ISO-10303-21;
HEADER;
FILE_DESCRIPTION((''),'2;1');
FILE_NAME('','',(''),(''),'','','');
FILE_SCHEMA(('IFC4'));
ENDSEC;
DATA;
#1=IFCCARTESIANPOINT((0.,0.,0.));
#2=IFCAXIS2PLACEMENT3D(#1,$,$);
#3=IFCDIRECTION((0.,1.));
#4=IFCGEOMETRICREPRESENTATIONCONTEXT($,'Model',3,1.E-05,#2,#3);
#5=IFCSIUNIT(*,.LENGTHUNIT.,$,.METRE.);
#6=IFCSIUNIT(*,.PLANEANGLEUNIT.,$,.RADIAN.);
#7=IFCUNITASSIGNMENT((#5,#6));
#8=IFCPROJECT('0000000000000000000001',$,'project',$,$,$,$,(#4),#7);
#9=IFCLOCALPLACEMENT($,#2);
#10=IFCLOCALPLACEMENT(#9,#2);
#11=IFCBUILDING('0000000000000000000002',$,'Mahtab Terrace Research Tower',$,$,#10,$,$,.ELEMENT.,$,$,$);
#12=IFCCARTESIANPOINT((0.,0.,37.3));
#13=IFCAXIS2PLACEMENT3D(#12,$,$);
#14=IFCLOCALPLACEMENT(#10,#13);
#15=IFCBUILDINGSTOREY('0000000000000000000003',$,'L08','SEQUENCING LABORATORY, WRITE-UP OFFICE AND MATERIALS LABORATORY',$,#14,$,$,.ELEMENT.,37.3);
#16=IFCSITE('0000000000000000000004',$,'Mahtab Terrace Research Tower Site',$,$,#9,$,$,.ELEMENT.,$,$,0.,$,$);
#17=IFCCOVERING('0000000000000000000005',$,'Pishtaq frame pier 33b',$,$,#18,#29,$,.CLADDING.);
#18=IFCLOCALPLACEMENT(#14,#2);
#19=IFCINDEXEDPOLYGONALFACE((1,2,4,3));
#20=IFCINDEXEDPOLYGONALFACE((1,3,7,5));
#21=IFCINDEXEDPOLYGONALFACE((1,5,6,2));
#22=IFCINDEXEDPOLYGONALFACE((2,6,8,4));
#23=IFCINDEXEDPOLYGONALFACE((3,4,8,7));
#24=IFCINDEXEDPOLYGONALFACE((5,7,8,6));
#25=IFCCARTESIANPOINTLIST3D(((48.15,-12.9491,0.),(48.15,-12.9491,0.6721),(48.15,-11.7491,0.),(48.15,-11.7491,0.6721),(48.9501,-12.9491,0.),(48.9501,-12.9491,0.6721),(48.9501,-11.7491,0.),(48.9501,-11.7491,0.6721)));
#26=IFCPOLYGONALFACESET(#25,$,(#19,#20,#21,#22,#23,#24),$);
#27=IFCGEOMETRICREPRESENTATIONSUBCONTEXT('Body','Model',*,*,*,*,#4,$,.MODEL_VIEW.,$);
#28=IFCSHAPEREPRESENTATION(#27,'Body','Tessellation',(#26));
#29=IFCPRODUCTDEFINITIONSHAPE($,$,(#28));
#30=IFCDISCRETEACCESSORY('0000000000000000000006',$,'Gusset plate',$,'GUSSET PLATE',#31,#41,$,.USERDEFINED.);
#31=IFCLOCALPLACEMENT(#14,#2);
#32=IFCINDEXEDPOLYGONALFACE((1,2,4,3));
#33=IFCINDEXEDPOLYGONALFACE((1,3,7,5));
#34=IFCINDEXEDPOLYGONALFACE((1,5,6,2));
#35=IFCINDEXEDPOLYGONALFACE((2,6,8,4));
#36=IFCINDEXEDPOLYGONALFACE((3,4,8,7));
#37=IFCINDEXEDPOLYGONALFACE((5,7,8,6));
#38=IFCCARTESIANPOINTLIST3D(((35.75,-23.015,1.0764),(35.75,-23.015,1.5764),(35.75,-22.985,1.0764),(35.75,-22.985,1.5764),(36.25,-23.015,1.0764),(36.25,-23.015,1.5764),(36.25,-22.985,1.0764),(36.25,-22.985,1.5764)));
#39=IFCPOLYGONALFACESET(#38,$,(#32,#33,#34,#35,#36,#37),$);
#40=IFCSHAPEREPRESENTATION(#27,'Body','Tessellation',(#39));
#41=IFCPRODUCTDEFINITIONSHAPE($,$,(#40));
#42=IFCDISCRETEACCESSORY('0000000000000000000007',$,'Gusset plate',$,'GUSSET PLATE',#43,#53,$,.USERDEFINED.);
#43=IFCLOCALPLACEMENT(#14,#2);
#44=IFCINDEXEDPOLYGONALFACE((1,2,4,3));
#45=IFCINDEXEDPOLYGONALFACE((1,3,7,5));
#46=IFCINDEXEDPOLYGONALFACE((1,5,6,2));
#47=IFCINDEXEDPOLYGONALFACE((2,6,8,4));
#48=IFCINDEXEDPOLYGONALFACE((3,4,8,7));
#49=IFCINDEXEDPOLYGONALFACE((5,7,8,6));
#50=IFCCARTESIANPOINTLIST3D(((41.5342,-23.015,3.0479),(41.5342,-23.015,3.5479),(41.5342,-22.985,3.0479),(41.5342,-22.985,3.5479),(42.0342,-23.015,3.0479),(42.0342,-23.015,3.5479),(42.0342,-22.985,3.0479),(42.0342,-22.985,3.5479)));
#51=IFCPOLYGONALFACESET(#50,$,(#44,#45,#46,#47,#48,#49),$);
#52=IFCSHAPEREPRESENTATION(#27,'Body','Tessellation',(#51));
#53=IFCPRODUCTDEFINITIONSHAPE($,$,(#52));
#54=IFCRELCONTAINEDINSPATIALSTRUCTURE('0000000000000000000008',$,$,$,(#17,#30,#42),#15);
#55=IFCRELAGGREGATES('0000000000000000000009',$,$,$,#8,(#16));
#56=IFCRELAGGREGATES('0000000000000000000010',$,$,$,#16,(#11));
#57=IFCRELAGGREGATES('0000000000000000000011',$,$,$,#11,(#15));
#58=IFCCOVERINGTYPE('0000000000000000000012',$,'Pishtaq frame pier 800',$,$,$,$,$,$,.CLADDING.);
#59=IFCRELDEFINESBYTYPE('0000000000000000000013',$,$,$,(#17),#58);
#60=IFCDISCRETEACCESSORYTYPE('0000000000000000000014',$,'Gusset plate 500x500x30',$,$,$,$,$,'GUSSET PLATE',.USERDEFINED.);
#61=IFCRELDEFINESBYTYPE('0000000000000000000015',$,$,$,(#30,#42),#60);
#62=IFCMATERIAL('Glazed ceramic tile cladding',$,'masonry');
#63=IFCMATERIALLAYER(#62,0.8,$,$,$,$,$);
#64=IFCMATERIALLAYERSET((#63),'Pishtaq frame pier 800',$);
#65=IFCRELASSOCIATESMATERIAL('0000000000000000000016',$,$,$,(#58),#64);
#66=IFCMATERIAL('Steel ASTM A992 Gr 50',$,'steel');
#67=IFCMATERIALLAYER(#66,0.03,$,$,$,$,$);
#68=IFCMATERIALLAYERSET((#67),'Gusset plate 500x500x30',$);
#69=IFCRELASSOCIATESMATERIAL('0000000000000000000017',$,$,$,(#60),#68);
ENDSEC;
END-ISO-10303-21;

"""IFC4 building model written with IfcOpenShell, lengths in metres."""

from ifc_helpers import new_model, si_unit, direction, frame, origin, origin_2d, place, context, subcontext, project, spatial, rectangle, extrude, material, layer, layer_set, type_object, element, save


model = new_model("IFC4")

# Units and contexts
model_context = context("Model", 3, precision=1e-05, world=origin(), true_north=direction((0.0, 1.0)))
body_context = subcontext(model_context, "Body", "Model", "MODEL_VIEW")
ifc_project = project(units=[si_unit("LENGTHUNIT", "METRE"), si_unit("PLANEANGLEUNIT", "RADIAN")], contexts=[model_context])

# Site, building, storey
site_placement = place(None, origin())
site = spatial("IfcSite", under=ifc_project, at=site_placement, Name="Mahtab Terrace Research Tower Site", CompositionType="ELEMENT", RefElevation=0.0)
building_placement = place(site_placement, origin())
building = spatial("IfcBuilding", under=site, at=building_placement, Name="Mahtab Terrace Research Tower", CompositionType="ELEMENT")
storey_placement = place(building_placement, frame((0.0, 0.0, 37.3)))
storey = spatial("IfcBuildingStorey", under=building, at=storey_placement, Name="L08", Description="SEQUENCING LABORATORY, WRITE-UP OFFICE AND MATERIALS LABORATORY", CompositionType="ELEMENT", Elevation=37.3)

# Shared definitions
ifc_material_1 = material(Name="Steel ASTM A992 Gr 50", Category="steel")

# Covering
ifc_material_2 = material(Name="Glazed ceramic tile cladding", Category="masonry")
ifc_layer_1 = layer(ifc_material_2, 0.8)
ifc_layer_set_1 = layer_set([ifc_layer_1], Name="Pishtaq frame pier 800")
covering_type_1 = type_object("IfcCoveringType", Name="Pishtaq frame pier 800", PredefinedType="CLADDING", material=ifc_layer_set_1)
for number, where, z_axis, x_axis, name in (
    (1, (48.55, -12.3491, 0.0), (0.0, 0.0, 1.0), (0.0, 1.0, 0.0), "Pishtaq frame pier 33b"),
):
    element("IfcCovering", number, at=place(storey_placement, frame(where, z_axis=z_axis, x_axis=x_axis)), inside=storey, type_object=covering_type_1, Name=name, PredefinedType="CLADDING", context=body_context, shape_type="SweptSolid", body=[
        extrude(rectangle(XDim=1.2, YDim=0.8, at=origin_2d()), origin(), (0.0, 0.0, 1.0), 0.6721),
    ])

# Discrete accessories
ifc_layer_2 = layer(ifc_material_1, 0.03)
ifc_layer_set_2 = layer_set([ifc_layer_2], Name="Gusset plate 500x500x30")
discrete_accessory_type = type_object("IfcDiscreteAccessoryType", Name="Gusset plate 500x500x30", ElementType="GUSSET PLATE", PredefinedType="USERDEFINED", material=ifc_layer_set_2)
for number, where, z_axis, x_axis, name in (
    (2, (36.0, -23.0, 1.0764), (0.0, 0.0, 1.0), (1.0, 0.0, 0.0), "Gusset plate"),
    (3, (41.7842, -23.0, 3.0479), (0.0, 0.0, 1.0), (1.0, 0.0, 0.0), "Gusset plate"),
):
    element("IfcDiscreteAccessory", number, at=place(storey_placement, frame(where, z_axis=z_axis, x_axis=x_axis)), inside=storey, type_object=discrete_accessory_type, Name=name, ObjectType="GUSSET PLATE", PredefinedType="USERDEFINED", context=body_context, shape_type="SweptSolid", body=[
        extrude(rectangle(XDim=0.5, YDim=0.03, at=origin_2d()), origin(), (0.0, 0.0, 1.0), 0.5),
    ])

save(model, "model.ifc")
